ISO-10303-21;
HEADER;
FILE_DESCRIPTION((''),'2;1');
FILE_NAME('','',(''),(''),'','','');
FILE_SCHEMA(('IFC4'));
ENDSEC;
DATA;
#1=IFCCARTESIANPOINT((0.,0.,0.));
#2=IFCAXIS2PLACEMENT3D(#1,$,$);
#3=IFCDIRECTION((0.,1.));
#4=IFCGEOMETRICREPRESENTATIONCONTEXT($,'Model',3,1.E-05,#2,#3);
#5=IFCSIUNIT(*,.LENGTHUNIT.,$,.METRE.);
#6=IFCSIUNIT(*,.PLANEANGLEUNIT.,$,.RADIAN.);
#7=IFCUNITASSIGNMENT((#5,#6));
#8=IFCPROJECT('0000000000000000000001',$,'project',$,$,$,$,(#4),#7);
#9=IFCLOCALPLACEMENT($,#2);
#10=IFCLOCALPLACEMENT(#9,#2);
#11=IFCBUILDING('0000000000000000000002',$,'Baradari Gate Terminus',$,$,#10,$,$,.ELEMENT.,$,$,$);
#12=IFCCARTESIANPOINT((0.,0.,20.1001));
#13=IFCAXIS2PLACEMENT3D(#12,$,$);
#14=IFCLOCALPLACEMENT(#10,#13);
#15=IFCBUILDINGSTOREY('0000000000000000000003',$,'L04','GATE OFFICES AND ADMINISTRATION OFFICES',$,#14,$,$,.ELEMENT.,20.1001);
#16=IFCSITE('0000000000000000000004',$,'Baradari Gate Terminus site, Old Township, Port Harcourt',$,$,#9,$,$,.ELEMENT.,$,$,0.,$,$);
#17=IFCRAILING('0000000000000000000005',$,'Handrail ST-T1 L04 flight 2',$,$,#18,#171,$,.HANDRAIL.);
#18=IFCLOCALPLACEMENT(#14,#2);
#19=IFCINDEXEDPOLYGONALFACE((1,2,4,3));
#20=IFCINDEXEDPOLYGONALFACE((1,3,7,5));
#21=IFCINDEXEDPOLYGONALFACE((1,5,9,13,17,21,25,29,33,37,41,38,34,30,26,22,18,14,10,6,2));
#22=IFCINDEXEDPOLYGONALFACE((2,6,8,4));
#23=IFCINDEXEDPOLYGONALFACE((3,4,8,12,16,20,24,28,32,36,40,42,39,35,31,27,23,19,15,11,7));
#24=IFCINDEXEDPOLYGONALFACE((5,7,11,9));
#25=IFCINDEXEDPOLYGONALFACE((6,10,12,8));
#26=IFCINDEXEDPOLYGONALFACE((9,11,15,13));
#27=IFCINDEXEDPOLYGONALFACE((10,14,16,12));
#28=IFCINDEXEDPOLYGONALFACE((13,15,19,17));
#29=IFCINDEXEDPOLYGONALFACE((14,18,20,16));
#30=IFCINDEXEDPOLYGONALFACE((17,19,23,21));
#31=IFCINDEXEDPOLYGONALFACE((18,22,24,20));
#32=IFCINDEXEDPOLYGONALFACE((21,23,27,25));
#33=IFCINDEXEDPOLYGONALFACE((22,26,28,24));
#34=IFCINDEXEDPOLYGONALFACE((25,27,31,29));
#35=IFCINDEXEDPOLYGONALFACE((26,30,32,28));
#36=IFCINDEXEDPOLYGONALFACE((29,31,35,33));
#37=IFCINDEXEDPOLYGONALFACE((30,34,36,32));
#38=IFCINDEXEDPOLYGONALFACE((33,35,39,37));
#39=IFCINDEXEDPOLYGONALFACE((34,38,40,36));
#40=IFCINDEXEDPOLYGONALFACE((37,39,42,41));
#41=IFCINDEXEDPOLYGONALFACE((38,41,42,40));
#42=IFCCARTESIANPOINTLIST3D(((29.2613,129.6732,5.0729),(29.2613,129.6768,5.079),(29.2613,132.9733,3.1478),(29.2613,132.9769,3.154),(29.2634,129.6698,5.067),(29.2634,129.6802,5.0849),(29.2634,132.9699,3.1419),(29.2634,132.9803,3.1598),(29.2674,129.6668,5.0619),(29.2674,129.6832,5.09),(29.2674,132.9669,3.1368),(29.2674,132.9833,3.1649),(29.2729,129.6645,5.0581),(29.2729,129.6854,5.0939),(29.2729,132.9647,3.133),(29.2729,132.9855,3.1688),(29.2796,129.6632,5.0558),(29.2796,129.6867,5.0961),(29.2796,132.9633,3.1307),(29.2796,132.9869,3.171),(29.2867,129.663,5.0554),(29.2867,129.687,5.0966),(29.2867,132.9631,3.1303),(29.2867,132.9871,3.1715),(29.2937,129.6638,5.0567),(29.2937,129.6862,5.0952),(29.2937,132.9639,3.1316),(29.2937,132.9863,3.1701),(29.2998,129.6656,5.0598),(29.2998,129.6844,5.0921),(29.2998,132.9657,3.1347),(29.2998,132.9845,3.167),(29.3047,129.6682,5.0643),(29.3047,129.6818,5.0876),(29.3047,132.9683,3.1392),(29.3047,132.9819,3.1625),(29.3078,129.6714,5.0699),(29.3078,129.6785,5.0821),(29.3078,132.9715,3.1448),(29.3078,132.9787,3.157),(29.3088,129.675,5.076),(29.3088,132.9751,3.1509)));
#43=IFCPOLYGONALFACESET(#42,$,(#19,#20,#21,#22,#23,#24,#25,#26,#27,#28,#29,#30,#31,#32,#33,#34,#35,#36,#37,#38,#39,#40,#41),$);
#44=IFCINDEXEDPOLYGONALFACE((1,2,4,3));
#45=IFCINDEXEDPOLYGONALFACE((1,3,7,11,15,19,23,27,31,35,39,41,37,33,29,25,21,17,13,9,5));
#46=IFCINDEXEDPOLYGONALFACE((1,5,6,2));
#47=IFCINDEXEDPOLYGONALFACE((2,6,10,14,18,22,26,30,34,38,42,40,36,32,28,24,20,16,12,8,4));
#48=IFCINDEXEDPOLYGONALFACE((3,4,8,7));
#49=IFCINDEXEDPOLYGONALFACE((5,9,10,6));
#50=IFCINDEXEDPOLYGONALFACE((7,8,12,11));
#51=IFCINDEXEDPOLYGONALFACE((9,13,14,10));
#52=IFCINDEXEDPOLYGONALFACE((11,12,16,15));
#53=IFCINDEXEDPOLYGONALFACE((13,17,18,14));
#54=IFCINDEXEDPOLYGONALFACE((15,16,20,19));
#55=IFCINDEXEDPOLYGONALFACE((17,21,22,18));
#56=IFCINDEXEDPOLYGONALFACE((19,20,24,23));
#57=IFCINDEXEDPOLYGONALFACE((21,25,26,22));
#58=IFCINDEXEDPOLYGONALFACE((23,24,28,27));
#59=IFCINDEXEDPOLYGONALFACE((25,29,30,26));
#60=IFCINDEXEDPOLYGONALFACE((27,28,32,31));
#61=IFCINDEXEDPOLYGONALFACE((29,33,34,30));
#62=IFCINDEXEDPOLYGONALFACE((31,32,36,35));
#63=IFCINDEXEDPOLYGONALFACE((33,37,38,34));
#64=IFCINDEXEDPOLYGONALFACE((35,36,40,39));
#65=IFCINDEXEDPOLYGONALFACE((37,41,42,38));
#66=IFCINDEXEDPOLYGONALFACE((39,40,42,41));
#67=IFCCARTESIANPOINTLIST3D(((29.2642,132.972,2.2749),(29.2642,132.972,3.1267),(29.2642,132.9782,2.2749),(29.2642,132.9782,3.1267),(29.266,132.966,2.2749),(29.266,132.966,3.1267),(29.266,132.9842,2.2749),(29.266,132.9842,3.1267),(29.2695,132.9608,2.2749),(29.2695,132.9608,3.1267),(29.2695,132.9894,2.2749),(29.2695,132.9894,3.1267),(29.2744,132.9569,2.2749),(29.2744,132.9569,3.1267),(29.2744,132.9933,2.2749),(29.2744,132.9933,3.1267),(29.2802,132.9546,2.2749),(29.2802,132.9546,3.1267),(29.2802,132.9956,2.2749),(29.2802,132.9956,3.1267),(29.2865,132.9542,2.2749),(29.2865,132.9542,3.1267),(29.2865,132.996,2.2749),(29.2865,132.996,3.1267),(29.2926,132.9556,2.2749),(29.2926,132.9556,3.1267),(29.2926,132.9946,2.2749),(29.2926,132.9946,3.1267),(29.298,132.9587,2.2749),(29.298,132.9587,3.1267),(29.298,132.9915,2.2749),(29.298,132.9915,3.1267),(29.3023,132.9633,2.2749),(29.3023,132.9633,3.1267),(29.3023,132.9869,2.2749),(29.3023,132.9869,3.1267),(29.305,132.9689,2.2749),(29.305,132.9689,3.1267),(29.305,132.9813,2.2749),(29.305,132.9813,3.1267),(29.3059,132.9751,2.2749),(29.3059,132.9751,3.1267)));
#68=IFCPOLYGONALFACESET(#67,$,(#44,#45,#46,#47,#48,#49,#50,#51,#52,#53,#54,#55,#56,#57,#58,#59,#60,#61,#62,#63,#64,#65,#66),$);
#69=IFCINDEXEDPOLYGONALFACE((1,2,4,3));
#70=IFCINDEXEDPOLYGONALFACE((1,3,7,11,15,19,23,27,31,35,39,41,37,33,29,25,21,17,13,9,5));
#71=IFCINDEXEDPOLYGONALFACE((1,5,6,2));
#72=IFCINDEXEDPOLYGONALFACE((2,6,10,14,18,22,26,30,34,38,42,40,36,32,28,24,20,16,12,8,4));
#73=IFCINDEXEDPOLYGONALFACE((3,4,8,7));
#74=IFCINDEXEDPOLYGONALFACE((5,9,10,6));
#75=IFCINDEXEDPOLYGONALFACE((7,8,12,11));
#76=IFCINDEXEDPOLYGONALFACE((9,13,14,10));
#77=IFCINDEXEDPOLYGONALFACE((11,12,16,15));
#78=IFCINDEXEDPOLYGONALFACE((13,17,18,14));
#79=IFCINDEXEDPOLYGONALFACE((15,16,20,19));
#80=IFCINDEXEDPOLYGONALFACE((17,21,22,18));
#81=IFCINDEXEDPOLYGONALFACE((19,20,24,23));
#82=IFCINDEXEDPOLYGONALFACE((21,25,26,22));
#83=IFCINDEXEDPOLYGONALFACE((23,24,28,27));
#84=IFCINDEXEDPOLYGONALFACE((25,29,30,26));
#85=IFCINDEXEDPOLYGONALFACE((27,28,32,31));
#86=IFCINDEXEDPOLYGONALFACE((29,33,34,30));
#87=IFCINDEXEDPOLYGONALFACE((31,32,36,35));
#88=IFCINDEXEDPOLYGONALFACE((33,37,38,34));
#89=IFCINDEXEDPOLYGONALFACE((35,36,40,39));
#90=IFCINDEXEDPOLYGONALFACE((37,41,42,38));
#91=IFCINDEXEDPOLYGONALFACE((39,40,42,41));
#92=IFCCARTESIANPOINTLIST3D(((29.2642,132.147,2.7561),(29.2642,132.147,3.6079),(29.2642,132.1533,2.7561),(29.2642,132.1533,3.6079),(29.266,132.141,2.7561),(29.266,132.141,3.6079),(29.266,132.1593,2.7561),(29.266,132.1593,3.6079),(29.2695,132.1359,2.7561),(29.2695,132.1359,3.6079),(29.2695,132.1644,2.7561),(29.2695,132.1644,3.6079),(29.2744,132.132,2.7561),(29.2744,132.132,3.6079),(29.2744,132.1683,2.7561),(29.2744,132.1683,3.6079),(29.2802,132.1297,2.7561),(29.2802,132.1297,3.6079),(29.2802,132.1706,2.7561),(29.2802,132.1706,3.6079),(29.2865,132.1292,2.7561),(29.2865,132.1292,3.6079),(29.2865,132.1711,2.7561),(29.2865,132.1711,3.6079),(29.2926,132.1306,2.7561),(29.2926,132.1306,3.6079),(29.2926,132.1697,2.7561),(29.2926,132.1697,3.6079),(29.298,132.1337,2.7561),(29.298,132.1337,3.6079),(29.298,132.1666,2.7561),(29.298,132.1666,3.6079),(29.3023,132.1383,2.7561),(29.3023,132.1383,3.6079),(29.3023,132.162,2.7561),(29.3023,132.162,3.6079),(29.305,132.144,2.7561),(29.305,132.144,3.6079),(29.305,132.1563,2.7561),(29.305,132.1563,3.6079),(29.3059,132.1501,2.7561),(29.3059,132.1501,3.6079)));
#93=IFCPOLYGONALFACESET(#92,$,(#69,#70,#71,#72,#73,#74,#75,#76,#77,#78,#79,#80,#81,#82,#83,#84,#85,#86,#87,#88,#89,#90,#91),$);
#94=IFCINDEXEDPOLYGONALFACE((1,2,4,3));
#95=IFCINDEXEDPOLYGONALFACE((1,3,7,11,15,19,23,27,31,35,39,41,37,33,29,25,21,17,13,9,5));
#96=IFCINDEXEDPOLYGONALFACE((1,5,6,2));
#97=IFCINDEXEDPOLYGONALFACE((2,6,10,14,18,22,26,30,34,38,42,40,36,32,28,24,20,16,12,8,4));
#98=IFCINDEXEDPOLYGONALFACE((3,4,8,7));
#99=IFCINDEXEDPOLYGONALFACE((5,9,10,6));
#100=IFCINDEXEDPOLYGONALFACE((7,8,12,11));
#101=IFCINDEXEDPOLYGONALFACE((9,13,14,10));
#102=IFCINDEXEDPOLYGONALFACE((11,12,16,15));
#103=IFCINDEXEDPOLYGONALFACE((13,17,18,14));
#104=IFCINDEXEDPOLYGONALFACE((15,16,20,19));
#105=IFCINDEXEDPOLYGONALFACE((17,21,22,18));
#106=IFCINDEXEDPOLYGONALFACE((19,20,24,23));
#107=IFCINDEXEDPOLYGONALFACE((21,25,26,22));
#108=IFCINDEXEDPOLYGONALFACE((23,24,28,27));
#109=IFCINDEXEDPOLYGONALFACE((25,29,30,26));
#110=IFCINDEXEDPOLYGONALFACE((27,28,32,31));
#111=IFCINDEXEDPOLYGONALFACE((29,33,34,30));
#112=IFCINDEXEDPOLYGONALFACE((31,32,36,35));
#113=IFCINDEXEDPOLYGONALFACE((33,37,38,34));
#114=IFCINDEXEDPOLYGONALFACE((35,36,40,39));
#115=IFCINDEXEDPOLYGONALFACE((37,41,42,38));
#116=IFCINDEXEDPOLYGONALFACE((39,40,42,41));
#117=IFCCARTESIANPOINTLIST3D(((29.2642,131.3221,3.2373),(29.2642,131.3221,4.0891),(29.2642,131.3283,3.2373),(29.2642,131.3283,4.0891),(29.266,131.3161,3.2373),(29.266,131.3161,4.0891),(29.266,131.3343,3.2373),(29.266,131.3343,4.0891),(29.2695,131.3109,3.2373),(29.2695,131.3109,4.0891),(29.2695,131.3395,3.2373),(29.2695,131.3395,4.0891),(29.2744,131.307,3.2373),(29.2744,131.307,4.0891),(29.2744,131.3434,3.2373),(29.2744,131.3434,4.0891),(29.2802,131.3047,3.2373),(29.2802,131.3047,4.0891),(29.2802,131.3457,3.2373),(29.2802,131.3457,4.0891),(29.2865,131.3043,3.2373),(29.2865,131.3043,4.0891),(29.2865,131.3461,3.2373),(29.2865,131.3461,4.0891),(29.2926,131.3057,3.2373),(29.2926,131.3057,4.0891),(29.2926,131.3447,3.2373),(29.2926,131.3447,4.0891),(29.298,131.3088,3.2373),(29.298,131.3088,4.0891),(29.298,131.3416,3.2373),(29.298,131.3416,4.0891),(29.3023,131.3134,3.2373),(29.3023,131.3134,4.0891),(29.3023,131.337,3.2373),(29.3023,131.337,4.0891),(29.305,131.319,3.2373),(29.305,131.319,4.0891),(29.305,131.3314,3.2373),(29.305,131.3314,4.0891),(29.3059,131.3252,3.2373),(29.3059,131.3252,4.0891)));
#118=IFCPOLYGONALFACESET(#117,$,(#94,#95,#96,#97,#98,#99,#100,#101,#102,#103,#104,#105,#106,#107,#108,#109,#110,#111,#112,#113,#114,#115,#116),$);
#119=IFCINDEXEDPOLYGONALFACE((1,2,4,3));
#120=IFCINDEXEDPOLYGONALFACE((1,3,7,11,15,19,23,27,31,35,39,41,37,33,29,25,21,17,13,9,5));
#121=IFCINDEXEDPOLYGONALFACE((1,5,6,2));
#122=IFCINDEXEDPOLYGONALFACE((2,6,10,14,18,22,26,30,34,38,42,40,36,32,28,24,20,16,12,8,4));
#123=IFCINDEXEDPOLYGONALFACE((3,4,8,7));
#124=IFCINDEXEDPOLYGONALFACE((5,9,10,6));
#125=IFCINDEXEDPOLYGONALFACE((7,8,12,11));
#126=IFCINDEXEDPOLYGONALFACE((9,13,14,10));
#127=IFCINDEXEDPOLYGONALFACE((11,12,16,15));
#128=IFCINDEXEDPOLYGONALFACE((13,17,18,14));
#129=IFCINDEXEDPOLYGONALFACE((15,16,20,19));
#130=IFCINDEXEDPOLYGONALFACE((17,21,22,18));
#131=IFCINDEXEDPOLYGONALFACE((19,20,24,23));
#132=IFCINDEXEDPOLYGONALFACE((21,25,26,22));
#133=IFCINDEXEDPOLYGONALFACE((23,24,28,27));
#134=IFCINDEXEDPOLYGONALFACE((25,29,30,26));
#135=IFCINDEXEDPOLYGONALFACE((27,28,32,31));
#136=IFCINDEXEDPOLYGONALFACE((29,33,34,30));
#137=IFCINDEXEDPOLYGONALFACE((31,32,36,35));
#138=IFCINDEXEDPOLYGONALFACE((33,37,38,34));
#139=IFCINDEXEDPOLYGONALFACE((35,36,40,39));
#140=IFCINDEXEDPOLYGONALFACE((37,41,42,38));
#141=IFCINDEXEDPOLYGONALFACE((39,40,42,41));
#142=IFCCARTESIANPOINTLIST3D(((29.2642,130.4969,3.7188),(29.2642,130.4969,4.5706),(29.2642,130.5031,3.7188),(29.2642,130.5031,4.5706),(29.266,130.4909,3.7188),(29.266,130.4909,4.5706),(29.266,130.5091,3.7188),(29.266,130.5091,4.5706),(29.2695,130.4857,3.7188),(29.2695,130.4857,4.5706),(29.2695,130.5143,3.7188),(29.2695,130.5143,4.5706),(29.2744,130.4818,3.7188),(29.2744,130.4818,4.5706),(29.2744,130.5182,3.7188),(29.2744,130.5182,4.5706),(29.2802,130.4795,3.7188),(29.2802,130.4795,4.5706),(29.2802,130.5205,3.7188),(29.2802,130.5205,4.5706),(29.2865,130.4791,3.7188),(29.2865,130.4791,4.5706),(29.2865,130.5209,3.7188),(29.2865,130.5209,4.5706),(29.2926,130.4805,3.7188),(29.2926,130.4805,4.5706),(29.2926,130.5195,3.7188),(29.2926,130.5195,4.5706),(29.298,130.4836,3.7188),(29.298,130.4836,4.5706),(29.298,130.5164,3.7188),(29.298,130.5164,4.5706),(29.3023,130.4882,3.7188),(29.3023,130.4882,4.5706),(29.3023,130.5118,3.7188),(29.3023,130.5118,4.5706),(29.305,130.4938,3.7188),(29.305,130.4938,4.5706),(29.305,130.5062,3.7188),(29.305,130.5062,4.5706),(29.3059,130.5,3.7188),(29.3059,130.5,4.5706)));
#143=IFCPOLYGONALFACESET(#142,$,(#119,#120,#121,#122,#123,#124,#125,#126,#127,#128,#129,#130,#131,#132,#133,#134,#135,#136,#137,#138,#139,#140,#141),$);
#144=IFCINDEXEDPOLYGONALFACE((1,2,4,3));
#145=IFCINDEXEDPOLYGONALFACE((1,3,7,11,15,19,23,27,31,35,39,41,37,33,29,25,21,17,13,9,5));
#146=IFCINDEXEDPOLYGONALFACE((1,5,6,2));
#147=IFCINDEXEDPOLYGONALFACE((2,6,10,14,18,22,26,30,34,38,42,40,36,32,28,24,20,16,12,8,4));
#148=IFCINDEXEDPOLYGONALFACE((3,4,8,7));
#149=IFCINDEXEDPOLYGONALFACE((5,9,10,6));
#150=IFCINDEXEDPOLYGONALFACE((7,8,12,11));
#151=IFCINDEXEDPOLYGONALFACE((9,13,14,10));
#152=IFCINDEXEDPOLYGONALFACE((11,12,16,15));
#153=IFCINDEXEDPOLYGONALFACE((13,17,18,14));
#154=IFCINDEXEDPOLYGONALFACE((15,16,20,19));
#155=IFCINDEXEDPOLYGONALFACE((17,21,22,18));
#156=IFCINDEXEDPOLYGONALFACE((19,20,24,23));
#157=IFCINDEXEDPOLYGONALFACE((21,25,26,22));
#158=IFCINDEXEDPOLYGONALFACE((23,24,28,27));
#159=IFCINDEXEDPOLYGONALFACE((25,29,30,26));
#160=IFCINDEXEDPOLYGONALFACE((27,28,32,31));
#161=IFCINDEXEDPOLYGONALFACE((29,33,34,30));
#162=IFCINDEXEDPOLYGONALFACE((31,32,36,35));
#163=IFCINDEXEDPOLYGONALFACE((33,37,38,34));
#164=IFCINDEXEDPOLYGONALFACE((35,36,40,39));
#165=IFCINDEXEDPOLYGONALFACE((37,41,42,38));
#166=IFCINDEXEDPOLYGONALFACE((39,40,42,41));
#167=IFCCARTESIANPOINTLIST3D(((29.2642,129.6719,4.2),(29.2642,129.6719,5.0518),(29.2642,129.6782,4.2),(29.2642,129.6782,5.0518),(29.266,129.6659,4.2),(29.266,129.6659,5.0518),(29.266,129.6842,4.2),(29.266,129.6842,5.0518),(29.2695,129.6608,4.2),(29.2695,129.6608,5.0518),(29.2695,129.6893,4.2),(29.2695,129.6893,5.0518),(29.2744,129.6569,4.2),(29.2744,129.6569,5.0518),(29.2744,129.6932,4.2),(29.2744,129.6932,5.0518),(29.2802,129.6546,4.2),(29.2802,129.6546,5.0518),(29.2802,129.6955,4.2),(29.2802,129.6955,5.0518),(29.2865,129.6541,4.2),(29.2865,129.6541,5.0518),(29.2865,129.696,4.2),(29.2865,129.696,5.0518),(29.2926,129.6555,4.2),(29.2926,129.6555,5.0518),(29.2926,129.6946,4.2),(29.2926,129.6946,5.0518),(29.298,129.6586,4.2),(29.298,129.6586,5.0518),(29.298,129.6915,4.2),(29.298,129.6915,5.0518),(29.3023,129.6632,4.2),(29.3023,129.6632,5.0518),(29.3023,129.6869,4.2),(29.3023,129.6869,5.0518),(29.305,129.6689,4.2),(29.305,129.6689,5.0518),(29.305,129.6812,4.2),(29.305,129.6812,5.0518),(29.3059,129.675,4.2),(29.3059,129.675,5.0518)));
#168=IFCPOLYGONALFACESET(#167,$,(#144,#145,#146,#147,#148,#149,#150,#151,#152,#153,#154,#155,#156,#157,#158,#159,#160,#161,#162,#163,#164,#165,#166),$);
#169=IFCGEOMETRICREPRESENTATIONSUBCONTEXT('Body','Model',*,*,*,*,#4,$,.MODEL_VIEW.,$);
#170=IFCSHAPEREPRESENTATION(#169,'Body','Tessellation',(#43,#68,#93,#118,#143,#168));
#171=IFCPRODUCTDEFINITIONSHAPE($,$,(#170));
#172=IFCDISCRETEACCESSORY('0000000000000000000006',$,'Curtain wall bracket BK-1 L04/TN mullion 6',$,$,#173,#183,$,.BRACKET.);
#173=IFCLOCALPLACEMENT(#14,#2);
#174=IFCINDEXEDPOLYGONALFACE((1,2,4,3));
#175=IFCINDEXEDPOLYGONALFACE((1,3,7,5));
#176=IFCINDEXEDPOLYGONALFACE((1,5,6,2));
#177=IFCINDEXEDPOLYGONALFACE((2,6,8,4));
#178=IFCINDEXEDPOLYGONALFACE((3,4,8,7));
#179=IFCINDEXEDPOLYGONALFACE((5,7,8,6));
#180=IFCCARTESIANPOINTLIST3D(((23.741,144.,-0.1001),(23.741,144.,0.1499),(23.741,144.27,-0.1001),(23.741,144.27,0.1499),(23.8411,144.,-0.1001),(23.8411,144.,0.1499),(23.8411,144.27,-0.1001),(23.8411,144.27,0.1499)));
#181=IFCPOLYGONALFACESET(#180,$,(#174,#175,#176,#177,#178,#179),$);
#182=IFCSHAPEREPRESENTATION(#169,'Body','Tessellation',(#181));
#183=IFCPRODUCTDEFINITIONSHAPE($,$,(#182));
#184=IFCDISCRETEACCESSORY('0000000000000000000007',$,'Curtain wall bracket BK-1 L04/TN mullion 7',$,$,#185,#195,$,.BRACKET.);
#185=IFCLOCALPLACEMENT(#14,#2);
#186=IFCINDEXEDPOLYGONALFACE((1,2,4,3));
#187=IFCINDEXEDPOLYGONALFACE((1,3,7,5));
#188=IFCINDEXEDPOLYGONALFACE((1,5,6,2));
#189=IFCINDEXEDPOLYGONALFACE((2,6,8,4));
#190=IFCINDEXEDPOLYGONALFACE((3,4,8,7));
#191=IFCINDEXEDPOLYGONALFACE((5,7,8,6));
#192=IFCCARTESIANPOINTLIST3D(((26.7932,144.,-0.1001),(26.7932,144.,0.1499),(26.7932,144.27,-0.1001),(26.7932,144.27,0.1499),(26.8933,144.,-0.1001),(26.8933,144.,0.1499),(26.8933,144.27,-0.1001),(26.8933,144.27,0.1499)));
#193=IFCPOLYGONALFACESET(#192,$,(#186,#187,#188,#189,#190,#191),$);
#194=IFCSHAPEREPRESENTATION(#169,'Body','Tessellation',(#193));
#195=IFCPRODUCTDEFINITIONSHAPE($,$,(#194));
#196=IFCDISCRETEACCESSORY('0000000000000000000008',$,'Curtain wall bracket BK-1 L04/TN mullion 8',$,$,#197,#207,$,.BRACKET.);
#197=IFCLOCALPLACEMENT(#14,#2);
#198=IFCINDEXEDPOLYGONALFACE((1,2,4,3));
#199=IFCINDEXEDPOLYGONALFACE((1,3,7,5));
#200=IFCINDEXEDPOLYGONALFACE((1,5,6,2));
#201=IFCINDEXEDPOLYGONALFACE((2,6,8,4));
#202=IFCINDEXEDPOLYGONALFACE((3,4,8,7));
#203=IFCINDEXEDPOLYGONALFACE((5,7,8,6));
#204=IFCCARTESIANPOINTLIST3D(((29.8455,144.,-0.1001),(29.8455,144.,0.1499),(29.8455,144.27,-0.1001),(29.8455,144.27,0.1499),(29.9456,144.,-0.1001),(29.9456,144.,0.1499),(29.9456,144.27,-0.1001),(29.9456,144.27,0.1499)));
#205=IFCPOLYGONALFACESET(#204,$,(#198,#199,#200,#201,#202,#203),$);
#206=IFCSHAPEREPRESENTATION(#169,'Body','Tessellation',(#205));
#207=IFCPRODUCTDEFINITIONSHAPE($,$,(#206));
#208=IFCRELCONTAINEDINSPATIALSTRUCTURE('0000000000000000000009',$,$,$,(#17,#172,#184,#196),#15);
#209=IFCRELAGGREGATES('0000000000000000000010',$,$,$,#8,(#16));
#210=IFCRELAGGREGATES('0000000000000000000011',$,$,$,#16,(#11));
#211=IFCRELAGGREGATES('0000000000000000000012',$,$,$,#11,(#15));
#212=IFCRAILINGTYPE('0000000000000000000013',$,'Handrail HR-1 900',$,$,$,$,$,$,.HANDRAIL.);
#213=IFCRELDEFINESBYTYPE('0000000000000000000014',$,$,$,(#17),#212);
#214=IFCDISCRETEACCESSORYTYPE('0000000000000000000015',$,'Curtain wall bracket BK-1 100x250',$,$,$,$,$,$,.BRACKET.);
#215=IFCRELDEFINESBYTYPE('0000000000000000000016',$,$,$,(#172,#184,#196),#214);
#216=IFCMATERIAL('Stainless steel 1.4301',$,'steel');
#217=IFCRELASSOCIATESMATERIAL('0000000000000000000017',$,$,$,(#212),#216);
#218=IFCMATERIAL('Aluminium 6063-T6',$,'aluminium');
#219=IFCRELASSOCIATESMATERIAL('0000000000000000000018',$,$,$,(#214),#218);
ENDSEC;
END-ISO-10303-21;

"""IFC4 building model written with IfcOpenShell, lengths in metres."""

from ifc_helpers import new_model, si_unit, direction, frame, origin, origin_2d, place, context, subcontext, project, spatial, rectangle, circle, extrude, material, type_object, element, save


model = new_model("IFC4")

# Units and contexts
model_context = context("Model", 3, precision=1e-05, world=origin(), true_north=direction((0.0, 1.0)))
body_context = subcontext(model_context, "Body", "Model", "MODEL_VIEW")
ifc_project = project(units=[si_unit("LENGTHUNIT", "METRE"), si_unit("PLANEANGLEUNIT", "RADIAN")], contexts=[model_context])

# Site, building, storey
site_placement = place(None, origin())
site = spatial("IfcSite", under=ifc_project, at=site_placement, Name="Baradari Gate Terminus site, Old Township, Port Harcourt", CompositionType="ELEMENT", RefElevation=0.0)
building_placement = place(site_placement, origin())
building = spatial("IfcBuilding", under=site, at=building_placement, Name="Baradari Gate Terminus", CompositionType="ELEMENT")
storey_placement = place(building_placement, frame((0.0, 0.0, 20.1001)))
storey = spatial("IfcBuildingStorey", under=building, at=storey_placement, Name="L04", Description="GATE OFFICES AND ADMINISTRATION OFFICES", CompositionType="ELEMENT", Elevation=20.1001)

# Railing
ifc_material_1 = material(Name="Stainless steel 1.4301", Category="steel")
railing_type = type_object("IfcRailingType", Name="Handrail HR-1 900", PredefinedType="HANDRAIL", material=ifc_material_1)
railing_placement = place(storey_placement, frame((29.2849, 132.9751, 2.2749)))
element("IfcRailing", 1, at=railing_placement, inside=storey, type_object=railing_type, Name="Handrail ST-T1 L04 flight 2", PredefinedType="HANDRAIL", context=body_context, shape_type="SweptSolid", body=[
    extrude(circle(Radius=0.0239, at=origin_2d()), frame((0.0, 0.0, 0.876), z_axis=(0.0, -0.863777, 0.503875), x_axis=(1.0, 0.0, 0.0)), (0.0, 0.0, 1.0), 3.8206),
    extrude(circle(Radius=0.021, at=origin_2d()), origin(), (0.0, 0.0, 1.0), 0.8518),
    extrude(circle(Radius=0.021, at=origin_2d()), frame((0.0, -0.825, 0.4812)), (0.0, 0.0, 1.0), 0.8518),
    extrude(circle(Radius=0.021, at=origin_2d()), frame((0.0, -1.6499, 0.9624)), (0.0, 0.0, 1.0), 0.8518),
    extrude(circle(Radius=0.021, at=origin_2d()), frame((0.0, -2.4751, 1.4438)), (0.0, 0.0, 1.0), 0.8518),
    extrude(circle(Radius=0.021, at=origin_2d()), frame((0.0, -3.3, 1.925)), (0.0, 0.0, 1.0), 0.8518),
])

# Discrete accessories
ifc_material_2 = material(Name="Aluminium 6063-T6", Category="aluminium")
discrete_accessory_type = type_object("IfcDiscreteAccessoryType", Name="Curtain wall bracket BK-1 100x250", PredefinedType="BRACKET", material=ifc_material_2)
for number, where, z_axis, x_axis, name in (
    (2, (23.791, 144.135, -0.1001), (0.0, 0.0, 1.0), (0.0, 1.0, 0.0), "Curtain wall bracket BK-1 L04/TN mullion 6"),
    (3, (26.8433, 144.135, -0.1001), (0.0, 0.0, 1.0), (0.0, 1.0, 0.0), "Curtain wall bracket BK-1 L04/TN mullion 7"),
    (4, (29.8955, 144.135, -0.1001), (0.0, 0.0, 1.0), (0.0, 1.0, 0.0), "Curtain wall bracket BK-1 L04/TN mullion 8"),
):
    element("IfcDiscreteAccessory", number, at=place(storey_placement, frame(where, z_axis=z_axis, x_axis=x_axis)), inside=storey, type_object=discrete_accessory_type, Name=name, PredefinedType="BRACKET", context=body_context, shape_type="SweptSolid", body=[
        extrude(rectangle(XDim=0.27, YDim=0.1001, at=origin_2d()), origin(), (0.0, 0.0, 1.0), 0.25),
    ])

save(model, "model.ifc")
